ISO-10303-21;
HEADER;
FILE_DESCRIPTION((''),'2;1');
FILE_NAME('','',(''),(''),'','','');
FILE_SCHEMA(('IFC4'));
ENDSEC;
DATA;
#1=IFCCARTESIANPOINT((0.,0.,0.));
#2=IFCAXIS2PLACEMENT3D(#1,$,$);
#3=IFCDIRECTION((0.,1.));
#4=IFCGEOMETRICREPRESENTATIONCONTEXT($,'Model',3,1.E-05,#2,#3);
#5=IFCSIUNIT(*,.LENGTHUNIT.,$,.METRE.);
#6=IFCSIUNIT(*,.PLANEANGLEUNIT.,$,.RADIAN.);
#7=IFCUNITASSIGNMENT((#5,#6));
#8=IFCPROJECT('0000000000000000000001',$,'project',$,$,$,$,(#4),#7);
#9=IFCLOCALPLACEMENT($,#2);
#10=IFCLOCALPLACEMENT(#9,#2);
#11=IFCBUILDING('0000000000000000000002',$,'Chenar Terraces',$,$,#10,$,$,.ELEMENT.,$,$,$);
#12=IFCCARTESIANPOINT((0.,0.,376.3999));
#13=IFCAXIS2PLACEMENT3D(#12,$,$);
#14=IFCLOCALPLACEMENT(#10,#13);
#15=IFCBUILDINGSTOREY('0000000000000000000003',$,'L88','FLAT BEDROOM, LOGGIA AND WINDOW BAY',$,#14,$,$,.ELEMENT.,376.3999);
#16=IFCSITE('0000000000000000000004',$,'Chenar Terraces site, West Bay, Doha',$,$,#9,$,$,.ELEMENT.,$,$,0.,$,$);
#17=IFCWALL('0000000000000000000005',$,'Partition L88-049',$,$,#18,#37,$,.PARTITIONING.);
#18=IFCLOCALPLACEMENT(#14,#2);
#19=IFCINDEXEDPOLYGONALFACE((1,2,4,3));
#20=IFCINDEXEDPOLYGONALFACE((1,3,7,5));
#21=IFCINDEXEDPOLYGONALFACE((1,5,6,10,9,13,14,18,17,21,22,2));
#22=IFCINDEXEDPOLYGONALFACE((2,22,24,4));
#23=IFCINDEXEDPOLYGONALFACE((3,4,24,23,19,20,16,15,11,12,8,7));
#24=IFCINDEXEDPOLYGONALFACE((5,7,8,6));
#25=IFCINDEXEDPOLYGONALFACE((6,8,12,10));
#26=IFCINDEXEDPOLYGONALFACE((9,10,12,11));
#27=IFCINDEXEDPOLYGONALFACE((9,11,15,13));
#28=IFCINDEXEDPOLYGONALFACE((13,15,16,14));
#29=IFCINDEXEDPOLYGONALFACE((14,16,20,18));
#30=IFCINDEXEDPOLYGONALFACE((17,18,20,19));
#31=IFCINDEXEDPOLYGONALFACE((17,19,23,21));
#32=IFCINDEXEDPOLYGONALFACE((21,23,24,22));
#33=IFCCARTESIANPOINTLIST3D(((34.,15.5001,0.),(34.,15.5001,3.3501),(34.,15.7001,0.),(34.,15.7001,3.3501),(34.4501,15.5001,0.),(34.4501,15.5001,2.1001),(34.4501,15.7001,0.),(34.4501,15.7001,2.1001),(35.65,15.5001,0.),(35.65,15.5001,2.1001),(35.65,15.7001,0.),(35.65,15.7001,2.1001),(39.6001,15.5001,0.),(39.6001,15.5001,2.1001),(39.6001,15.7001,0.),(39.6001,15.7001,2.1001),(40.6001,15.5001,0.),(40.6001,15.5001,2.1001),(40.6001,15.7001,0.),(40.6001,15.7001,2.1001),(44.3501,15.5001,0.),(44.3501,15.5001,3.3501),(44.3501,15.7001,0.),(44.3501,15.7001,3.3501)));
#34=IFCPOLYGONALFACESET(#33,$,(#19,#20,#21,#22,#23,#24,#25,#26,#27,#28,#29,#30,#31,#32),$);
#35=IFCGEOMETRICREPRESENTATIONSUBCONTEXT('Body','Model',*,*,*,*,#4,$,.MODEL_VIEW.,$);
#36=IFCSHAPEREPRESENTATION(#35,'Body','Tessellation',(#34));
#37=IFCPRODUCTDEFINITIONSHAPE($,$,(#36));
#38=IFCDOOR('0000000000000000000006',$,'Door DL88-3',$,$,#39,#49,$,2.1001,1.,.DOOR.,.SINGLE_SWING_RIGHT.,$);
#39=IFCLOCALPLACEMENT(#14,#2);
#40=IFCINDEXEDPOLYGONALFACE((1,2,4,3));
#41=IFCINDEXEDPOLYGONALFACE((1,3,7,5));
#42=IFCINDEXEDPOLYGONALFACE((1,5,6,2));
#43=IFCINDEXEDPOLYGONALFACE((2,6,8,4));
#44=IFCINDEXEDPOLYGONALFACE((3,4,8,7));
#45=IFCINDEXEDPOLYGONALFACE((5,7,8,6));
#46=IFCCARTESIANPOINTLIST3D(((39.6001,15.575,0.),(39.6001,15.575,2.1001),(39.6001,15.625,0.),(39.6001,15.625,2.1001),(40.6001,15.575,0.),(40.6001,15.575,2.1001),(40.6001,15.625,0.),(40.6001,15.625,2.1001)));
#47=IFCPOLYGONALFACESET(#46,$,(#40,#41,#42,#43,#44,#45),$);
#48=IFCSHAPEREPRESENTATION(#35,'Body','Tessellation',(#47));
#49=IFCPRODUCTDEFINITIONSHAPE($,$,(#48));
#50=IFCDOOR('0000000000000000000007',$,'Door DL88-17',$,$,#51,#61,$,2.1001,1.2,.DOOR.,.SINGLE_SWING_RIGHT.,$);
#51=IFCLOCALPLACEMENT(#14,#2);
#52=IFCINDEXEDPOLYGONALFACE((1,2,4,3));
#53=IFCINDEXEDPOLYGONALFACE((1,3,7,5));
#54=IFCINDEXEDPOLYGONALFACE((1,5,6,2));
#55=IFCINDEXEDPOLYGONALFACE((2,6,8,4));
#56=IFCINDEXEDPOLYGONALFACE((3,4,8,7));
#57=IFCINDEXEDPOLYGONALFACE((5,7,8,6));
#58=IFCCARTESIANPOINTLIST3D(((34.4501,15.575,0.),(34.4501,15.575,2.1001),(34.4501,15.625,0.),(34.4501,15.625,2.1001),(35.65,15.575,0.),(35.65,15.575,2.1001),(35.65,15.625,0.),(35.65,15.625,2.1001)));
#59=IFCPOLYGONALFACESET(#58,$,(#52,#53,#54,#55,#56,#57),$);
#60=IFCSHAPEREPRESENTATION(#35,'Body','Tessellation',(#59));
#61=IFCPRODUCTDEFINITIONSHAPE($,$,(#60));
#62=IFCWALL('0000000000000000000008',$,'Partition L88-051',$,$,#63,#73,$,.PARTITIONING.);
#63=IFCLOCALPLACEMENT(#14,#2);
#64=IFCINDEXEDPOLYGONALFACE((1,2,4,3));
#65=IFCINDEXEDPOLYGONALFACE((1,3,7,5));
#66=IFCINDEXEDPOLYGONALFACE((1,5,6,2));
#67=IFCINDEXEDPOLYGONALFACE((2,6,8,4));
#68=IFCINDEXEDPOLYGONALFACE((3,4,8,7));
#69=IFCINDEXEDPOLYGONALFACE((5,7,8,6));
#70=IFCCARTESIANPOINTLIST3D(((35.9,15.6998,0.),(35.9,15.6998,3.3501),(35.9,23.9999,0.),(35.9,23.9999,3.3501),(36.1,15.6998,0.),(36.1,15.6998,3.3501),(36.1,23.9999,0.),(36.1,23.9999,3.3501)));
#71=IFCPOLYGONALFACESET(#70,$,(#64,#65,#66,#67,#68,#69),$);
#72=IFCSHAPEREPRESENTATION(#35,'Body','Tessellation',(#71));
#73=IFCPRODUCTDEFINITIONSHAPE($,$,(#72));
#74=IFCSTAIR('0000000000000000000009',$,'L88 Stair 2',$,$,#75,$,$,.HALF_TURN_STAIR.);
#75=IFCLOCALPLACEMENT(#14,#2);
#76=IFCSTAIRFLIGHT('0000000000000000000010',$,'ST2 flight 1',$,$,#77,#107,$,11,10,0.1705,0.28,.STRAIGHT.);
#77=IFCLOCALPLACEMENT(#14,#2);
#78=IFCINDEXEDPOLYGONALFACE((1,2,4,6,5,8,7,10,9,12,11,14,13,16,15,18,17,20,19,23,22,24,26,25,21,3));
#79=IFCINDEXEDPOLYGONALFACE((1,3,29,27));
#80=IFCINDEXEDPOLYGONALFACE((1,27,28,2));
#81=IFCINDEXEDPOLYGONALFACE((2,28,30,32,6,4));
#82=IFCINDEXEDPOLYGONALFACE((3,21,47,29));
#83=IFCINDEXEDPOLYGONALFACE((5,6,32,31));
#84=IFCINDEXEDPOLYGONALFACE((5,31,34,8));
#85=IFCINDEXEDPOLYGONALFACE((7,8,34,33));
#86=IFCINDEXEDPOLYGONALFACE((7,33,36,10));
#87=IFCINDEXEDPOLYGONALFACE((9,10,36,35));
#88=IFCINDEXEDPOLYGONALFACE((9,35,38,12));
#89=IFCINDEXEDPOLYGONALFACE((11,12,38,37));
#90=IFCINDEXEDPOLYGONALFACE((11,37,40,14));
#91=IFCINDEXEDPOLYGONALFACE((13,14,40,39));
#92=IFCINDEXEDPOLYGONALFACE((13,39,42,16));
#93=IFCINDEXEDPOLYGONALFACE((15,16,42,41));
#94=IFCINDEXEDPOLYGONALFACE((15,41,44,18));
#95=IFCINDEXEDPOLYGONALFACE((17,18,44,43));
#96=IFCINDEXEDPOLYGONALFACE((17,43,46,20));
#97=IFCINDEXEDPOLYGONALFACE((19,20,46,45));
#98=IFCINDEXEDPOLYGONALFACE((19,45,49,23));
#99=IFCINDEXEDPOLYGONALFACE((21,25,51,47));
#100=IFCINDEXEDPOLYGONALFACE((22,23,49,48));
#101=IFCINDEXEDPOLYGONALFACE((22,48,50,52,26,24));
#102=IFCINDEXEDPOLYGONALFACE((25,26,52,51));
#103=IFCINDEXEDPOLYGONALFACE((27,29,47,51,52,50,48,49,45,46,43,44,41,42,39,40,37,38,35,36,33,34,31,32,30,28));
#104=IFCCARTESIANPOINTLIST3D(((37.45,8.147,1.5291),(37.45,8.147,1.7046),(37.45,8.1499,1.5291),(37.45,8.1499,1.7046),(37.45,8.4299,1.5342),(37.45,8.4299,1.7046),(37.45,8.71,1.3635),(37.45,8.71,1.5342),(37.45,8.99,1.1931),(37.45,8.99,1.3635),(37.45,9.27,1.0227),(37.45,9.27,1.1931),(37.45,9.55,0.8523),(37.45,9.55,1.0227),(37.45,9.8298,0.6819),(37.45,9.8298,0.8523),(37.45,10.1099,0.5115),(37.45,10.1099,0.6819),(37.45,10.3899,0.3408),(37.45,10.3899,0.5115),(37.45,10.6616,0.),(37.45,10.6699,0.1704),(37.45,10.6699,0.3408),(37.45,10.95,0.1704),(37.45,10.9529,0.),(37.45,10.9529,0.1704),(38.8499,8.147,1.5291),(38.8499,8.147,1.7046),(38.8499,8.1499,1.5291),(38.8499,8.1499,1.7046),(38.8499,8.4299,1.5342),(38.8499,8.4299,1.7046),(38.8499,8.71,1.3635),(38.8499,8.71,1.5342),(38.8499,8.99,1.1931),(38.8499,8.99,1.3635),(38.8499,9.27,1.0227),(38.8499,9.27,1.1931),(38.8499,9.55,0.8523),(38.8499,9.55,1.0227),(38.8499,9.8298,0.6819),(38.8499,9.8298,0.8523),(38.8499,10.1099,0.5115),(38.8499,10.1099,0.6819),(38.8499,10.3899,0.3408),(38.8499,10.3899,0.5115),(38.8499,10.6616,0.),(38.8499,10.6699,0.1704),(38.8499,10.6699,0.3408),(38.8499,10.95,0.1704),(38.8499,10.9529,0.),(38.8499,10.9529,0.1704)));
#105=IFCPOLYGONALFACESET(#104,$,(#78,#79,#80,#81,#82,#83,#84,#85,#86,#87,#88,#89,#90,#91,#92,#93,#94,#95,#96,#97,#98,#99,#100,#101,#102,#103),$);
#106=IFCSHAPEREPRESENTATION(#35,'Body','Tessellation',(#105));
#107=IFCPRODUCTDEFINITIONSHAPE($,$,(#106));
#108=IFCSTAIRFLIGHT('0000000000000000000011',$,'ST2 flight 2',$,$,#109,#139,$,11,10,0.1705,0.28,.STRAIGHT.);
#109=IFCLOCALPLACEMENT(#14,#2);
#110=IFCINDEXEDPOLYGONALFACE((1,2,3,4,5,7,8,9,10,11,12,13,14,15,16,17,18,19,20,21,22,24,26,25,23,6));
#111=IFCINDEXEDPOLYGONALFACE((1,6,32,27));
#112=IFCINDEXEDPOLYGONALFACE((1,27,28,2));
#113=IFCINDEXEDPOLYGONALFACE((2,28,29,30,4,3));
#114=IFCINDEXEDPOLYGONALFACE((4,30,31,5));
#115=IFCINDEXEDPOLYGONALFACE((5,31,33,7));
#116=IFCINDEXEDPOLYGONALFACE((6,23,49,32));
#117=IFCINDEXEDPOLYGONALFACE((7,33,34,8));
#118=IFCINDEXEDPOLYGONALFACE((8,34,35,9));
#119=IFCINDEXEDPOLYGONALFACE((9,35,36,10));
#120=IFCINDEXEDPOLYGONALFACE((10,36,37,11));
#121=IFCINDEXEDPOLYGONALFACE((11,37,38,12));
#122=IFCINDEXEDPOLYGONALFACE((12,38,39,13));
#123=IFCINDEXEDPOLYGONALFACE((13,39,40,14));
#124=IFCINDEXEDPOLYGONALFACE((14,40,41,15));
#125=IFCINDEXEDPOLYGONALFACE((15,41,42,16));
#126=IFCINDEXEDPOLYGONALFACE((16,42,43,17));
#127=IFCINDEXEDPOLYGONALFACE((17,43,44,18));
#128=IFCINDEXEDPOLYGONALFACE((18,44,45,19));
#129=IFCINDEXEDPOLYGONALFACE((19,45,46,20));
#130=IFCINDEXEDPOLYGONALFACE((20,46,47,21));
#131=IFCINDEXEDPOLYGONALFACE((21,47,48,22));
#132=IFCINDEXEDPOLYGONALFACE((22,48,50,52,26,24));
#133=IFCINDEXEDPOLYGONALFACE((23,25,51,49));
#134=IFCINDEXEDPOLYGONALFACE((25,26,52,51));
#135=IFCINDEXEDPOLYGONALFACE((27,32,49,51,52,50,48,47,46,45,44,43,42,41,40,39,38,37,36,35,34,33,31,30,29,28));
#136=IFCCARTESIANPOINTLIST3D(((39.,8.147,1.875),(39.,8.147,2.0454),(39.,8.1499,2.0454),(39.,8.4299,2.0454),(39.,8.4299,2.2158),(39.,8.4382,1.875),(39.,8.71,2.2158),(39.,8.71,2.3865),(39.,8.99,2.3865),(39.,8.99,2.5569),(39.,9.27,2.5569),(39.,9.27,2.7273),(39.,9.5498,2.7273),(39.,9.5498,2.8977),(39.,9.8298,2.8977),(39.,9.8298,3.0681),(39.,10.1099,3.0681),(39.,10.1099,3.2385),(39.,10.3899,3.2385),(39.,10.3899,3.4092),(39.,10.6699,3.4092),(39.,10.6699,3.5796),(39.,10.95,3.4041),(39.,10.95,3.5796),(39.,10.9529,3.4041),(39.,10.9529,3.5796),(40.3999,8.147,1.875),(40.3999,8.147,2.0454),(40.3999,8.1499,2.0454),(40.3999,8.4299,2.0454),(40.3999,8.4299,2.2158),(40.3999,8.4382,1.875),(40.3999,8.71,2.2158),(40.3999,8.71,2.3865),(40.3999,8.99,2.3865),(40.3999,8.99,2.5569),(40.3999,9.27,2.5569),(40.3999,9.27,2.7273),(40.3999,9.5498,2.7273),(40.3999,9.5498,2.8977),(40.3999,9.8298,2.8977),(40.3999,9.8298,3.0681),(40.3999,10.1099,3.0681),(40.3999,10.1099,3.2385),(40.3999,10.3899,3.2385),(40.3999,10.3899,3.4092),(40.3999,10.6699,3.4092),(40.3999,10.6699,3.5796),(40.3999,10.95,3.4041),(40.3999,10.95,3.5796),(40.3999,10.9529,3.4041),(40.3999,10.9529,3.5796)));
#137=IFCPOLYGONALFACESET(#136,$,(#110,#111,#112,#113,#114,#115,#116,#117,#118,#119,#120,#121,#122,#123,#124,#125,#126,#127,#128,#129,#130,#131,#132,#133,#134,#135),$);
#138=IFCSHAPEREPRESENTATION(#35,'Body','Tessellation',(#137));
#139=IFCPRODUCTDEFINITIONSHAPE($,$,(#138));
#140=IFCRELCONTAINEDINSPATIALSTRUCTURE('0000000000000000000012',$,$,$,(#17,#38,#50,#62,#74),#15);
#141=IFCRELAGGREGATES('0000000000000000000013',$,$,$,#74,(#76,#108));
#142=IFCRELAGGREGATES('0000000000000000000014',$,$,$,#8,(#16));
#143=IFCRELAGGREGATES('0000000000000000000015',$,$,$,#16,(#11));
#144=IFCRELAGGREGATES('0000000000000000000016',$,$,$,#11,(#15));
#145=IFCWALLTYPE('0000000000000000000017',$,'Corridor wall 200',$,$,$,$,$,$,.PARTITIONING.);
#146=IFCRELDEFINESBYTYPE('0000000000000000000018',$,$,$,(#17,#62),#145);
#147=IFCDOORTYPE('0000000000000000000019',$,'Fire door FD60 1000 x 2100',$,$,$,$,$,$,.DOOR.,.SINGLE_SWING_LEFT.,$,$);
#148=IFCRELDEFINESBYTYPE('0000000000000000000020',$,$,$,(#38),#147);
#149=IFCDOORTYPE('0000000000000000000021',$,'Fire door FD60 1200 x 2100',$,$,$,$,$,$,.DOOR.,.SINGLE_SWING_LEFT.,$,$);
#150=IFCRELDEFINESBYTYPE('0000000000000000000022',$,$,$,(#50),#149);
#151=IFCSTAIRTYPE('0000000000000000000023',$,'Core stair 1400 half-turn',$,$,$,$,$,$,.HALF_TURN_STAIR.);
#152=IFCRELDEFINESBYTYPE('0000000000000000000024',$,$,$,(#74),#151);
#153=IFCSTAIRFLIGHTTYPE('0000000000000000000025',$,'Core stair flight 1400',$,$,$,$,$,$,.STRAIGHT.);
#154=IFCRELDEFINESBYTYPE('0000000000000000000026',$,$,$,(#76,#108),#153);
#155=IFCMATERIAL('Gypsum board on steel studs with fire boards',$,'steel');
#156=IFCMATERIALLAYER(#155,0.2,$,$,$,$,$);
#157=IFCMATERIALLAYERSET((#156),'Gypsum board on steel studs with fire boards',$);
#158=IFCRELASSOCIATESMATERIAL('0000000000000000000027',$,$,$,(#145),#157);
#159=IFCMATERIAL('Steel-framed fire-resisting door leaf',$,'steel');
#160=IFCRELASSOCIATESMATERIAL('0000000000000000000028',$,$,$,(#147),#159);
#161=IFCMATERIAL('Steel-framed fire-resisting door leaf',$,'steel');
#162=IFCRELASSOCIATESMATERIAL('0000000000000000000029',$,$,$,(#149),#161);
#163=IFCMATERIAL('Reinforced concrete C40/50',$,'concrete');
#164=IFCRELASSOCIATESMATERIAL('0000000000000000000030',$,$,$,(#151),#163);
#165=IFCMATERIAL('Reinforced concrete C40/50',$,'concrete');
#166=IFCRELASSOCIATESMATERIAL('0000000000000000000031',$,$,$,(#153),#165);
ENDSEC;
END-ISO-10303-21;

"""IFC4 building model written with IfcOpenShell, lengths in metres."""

from ifc_helpers import new_model, si_unit, direction, frame, frame_2d, origin, place, context, subcontext, project, spatial, polyline, rectangle, outline, extrude, material, layer, layer_set, type_object, element, fill, aggregate, save


model = new_model("IFC4")

# Units and contexts
model_context = context("Model", 3, precision=1e-05, world=origin(), true_north=direction((0.0, 1.0)))
body_context = subcontext(model_context, "Body", "Model", "MODEL_VIEW")
ifc_project = project(units=[si_unit("LENGTHUNIT", "METRE"), si_unit("PLANEANGLEUNIT", "RADIAN")], contexts=[model_context])

# Site, building, storey
site_placement = place(None, origin())
site = spatial("IfcSite", under=ifc_project, at=site_placement, Name="Chenar Terraces site, West Bay, Doha", CompositionType="ELEMENT", RefElevation=0.0)
building_placement = place(site_placement, origin())
building = spatial("IfcBuilding", under=site, at=building_placement, Name="Chenar Terraces", CompositionType="ELEMENT")
storey_placement = place(building_placement, frame((0.0, 0.0, 376.3999)))
storey = spatial("IfcBuildingStorey", under=building, at=storey_placement, Name="L88", Description="FLAT BEDROOM, LOGGIA AND WINDOW BAY", CompositionType="ELEMENT", Elevation=376.3999)

# Shared definitions
ifc_material_1 = material(Name="Gypsum board on steel studs with fire boards", Category="steel")
ifc_layer_1 = layer(ifc_material_1, 0.2)
ifc_layer_set_1 = layer_set([ifc_layer_1], Name="Gypsum board on steel studs with fire boards")
wall_type_1 = type_object("IfcWallType", Name="Corridor wall 200", PredefinedType="PARTITIONING", material=ifc_layer_set_1)

# Wall, openings, doors
wall_1_placement = place(storey_placement, frame((34.0, 15.6001, 0.0), z_axis=(0.0, 0.0, 1.0), x_axis=(1.0, 0.0, 0.0)))
wall_1 = element("IfcWall", 1, at=wall_1_placement, inside=storey, type_object=wall_type_1, Name="Partition L88-049", PredefinedType="PARTITIONING", context=body_context, shape_type="SweptSolid", body=[
    extrude(rectangle(XDim=10.3501, YDim=0.2, at=frame_2d((5.175, 0.0))), origin(), (0.0, 0.0, 1.0), 3.3501),
])
opening_1_placement = place(wall_1_placement, frame((5.6001, 0.0, 0.0)))
opening_1 = element("IfcOpeningElement", 2, at=opening_1_placement, cuts=wall_1, PredefinedType="OPENING", context=body_context, shape_type="SweptSolid", body=[
    extrude(rectangle(XDim=1.0, YDim=2.1001, at=frame_2d((0.5, 1.05))), frame((0.0, 0.1099, 0.0), z_axis=(0.0, -1.0, 0.0), x_axis=(1.0, 0.0, 0.0)), (0.0, 0.0, 1.0), 0.22),
])
opening_2_placement = place(wall_1_placement, frame((0.45, 0.0, 0.0)))
opening_2 = element("IfcOpeningElement", 3, at=opening_2_placement, cuts=wall_1, PredefinedType="OPENING", context=body_context, shape_type="SweptSolid", body=[
    extrude(rectangle(XDim=1.2, YDim=2.1001, at=frame_2d((0.6001, 1.05))), frame((0.0, 0.1099, 0.0), z_axis=(0.0, -1.0, 0.0), x_axis=(1.0, 0.0, 0.0)), (0.0, 0.0, 1.0), 0.22),
])
ifc_material_2 = material(Name="Steel-framed fire-resisting door leaf", Category="steel")
door_type_1 = type_object("IfcDoorType", Name="Fire door FD60 1000 x 2100", OperationType="SINGLE_SWING_LEFT", PredefinedType="DOOR", material=ifc_material_2)
door_1_placement = place(opening_1_placement, origin())
door_1 = element("IfcDoor", 4, at=door_1_placement, inside=storey, type_object=door_type_1, Name="Door DL88-3", OperationType="SINGLE_SWING_RIGHT", OverallHeight=2.1001, OverallWidth=1.0, PredefinedType="DOOR", context=body_context, shape_type="SweptSolid", body=[
    extrude(rectangle(XDim=1.0, YDim=2.1001, at=frame_2d((0.5, 1.05))), frame((0.0, 0.0249, 0.0), z_axis=(0.0, -1.0, 0.0), x_axis=(1.0, 0.0, 0.0)), (0.0, 0.0, 1.0), 0.05),
])
fill(opening_1, door_1)
ifc_material_3 = material(Name="Steel-framed fire-resisting door leaf", Category="steel")
door_type_2 = type_object("IfcDoorType", Name="Fire door FD60 1200 x 2100", OperationType="SINGLE_SWING_LEFT", PredefinedType="DOOR", material=ifc_material_3)
door_2_placement = place(opening_2_placement, origin())
door_2 = element("IfcDoor", 5, at=door_2_placement, inside=storey, type_object=door_type_2, Name="Door DL88-17", OperationType="SINGLE_SWING_RIGHT", OverallHeight=2.1001, OverallWidth=1.2, PredefinedType="DOOR", context=body_context, shape_type="SweptSolid", body=[
    extrude(rectangle(XDim=1.2, YDim=2.1001, at=frame_2d((0.6001, 1.05))), frame((0.0, 0.0249, 0.0), z_axis=(0.0, -1.0, 0.0), x_axis=(1.0, 0.0, 0.0)), (0.0, 0.0, 1.0), 0.05),
])
fill(opening_2, door_2)

# Wall
wall_2_placement = place(storey_placement, frame((36.0, 15.7, 0.0), z_axis=(0.0, 0.0, 1.0), x_axis=(0.0, 1.0, 0.0)))
element("IfcWall", 6, at=wall_2_placement, inside=storey, type_object=wall_type_1, Name="Partition L88-051", PredefinedType="PARTITIONING", context=body_context, shape_type="SweptSolid", body=[
    extrude(rectangle(XDim=8.3, YDim=0.2, at=frame_2d((4.1499, 0.0))), origin(), (0.0, 0.0, 1.0), 3.3501),
])

# Stair, stair flights
ifc_material_4 = material(Name="Reinforced concrete C40/50", Category="concrete")
stair_type = type_object("IfcStairType", Name="Core stair 1400 half-turn", PredefinedType="HALF_TURN_STAIR", material=ifc_material_4)
stair_placement = place(storey_placement, origin())
stair = element("IfcStair", 7, at=stair_placement, inside=storey, type_object=stair_type, Name="L88 Stair 2", PredefinedType="HALF_TURN_STAIR")
ifc_material_5 = material(Name="Reinforced concrete C40/50", Category="concrete")
stair_flight_type = type_object("IfcStairFlightType", Name="Core stair flight 1400", PredefinedType="STRAIGHT", material=ifc_material_5)
stair_flight_1_placement = place(storey_placement, frame((38.1499, 10.95, 0.0), z_axis=(0.0, 0.0, 1.0), x_axis=(0.0, -1.0, 0.0)))
stair_flight_1 = element("IfcStairFlight", 8, at=stair_flight_1_placement, type_object=stair_flight_type, Name="ST2 flight 1", NumberOfRisers=11, NumberOfTreads=10, PredefinedType="STRAIGHT", RiserHeight=0.1705, TreadLength=0.28, context=body_context, shape_type="SweptSolid", body=[
    extrude(outline(polyline([(-0.0029, 0.0), (-0.0029, 0.1704), (0.0, 0.1704), (0.28, 0.1704), (0.28, 0.3408), (0.5601, 0.3408), (0.5601, 0.5115), (0.8401, 0.5115), (0.8401, 0.6819), (1.1201, 0.6819), (1.1201, 0.8523), (1.3999, 0.8523), (1.3999, 1.0227), (1.6799, 1.0227), (1.6799, 1.1931), (1.96, 1.1931), (1.96, 1.3635), (2.24, 1.3635), (2.24, 1.5342), (2.52, 1.5342), (2.52, 1.7046), (2.8, 1.7046), (2.803, 1.7046), (2.803, 1.5291), (2.8, 1.5291), (0.2883, 0.0), (-0.0029, 0.0)])), frame((0.0, 0.7, 0.0), z_axis=(0.0, -1.0, 0.0), x_axis=(1.0, 0.0, 0.0)), (0.0, 0.0, 1.0), 1.3999),
])
stair_flight_2_placement = place(storey_placement, frame((39.7, 8.1499, 1.875), z_axis=(0.0, 0.0, 1.0), x_axis=(0.0, 1.0, 0.0)))
stair_flight_2 = element("IfcStairFlight", 9, at=stair_flight_2_placement, type_object=stair_flight_type, Name="ST2 flight 2", NumberOfRisers=11, NumberOfTreads=10, PredefinedType="STRAIGHT", RiserHeight=0.1705, TreadLength=0.28, context=body_context, shape_type="SweptSolid", body=[
    extrude(outline(polyline([(-0.0029, 0.0), (-0.0029, 0.1704), (0.0, 0.1704), (0.28, 0.1704), (0.28, 0.3408), (0.5601, 0.3408), (0.5601, 0.5115), (0.8401, 0.5115), (0.8401, 0.6819), (1.1201, 0.6819), (1.1201, 0.8523), (1.3999, 0.8523), (1.3999, 1.0227), (1.6799, 1.0227), (1.6799, 1.1931), (1.96, 1.1931), (1.96, 1.3635), (2.24, 1.3635), (2.24, 1.5342), (2.52, 1.5342), (2.52, 1.7046), (2.8, 1.7046), (2.803, 1.7046), (2.803, 1.5291), (2.8, 1.5291), (0.2883, 0.0), (-0.0029, 0.0)])), frame((0.0, 0.7, 0.0), z_axis=(0.0, -1.0, 0.0), x_axis=(1.0, 0.0, 0.0)), (0.0, 0.0, 1.0), 1.3999),
])
aggregate(stair, [stair_flight_1, stair_flight_2])

save(model, "model.ifc")
